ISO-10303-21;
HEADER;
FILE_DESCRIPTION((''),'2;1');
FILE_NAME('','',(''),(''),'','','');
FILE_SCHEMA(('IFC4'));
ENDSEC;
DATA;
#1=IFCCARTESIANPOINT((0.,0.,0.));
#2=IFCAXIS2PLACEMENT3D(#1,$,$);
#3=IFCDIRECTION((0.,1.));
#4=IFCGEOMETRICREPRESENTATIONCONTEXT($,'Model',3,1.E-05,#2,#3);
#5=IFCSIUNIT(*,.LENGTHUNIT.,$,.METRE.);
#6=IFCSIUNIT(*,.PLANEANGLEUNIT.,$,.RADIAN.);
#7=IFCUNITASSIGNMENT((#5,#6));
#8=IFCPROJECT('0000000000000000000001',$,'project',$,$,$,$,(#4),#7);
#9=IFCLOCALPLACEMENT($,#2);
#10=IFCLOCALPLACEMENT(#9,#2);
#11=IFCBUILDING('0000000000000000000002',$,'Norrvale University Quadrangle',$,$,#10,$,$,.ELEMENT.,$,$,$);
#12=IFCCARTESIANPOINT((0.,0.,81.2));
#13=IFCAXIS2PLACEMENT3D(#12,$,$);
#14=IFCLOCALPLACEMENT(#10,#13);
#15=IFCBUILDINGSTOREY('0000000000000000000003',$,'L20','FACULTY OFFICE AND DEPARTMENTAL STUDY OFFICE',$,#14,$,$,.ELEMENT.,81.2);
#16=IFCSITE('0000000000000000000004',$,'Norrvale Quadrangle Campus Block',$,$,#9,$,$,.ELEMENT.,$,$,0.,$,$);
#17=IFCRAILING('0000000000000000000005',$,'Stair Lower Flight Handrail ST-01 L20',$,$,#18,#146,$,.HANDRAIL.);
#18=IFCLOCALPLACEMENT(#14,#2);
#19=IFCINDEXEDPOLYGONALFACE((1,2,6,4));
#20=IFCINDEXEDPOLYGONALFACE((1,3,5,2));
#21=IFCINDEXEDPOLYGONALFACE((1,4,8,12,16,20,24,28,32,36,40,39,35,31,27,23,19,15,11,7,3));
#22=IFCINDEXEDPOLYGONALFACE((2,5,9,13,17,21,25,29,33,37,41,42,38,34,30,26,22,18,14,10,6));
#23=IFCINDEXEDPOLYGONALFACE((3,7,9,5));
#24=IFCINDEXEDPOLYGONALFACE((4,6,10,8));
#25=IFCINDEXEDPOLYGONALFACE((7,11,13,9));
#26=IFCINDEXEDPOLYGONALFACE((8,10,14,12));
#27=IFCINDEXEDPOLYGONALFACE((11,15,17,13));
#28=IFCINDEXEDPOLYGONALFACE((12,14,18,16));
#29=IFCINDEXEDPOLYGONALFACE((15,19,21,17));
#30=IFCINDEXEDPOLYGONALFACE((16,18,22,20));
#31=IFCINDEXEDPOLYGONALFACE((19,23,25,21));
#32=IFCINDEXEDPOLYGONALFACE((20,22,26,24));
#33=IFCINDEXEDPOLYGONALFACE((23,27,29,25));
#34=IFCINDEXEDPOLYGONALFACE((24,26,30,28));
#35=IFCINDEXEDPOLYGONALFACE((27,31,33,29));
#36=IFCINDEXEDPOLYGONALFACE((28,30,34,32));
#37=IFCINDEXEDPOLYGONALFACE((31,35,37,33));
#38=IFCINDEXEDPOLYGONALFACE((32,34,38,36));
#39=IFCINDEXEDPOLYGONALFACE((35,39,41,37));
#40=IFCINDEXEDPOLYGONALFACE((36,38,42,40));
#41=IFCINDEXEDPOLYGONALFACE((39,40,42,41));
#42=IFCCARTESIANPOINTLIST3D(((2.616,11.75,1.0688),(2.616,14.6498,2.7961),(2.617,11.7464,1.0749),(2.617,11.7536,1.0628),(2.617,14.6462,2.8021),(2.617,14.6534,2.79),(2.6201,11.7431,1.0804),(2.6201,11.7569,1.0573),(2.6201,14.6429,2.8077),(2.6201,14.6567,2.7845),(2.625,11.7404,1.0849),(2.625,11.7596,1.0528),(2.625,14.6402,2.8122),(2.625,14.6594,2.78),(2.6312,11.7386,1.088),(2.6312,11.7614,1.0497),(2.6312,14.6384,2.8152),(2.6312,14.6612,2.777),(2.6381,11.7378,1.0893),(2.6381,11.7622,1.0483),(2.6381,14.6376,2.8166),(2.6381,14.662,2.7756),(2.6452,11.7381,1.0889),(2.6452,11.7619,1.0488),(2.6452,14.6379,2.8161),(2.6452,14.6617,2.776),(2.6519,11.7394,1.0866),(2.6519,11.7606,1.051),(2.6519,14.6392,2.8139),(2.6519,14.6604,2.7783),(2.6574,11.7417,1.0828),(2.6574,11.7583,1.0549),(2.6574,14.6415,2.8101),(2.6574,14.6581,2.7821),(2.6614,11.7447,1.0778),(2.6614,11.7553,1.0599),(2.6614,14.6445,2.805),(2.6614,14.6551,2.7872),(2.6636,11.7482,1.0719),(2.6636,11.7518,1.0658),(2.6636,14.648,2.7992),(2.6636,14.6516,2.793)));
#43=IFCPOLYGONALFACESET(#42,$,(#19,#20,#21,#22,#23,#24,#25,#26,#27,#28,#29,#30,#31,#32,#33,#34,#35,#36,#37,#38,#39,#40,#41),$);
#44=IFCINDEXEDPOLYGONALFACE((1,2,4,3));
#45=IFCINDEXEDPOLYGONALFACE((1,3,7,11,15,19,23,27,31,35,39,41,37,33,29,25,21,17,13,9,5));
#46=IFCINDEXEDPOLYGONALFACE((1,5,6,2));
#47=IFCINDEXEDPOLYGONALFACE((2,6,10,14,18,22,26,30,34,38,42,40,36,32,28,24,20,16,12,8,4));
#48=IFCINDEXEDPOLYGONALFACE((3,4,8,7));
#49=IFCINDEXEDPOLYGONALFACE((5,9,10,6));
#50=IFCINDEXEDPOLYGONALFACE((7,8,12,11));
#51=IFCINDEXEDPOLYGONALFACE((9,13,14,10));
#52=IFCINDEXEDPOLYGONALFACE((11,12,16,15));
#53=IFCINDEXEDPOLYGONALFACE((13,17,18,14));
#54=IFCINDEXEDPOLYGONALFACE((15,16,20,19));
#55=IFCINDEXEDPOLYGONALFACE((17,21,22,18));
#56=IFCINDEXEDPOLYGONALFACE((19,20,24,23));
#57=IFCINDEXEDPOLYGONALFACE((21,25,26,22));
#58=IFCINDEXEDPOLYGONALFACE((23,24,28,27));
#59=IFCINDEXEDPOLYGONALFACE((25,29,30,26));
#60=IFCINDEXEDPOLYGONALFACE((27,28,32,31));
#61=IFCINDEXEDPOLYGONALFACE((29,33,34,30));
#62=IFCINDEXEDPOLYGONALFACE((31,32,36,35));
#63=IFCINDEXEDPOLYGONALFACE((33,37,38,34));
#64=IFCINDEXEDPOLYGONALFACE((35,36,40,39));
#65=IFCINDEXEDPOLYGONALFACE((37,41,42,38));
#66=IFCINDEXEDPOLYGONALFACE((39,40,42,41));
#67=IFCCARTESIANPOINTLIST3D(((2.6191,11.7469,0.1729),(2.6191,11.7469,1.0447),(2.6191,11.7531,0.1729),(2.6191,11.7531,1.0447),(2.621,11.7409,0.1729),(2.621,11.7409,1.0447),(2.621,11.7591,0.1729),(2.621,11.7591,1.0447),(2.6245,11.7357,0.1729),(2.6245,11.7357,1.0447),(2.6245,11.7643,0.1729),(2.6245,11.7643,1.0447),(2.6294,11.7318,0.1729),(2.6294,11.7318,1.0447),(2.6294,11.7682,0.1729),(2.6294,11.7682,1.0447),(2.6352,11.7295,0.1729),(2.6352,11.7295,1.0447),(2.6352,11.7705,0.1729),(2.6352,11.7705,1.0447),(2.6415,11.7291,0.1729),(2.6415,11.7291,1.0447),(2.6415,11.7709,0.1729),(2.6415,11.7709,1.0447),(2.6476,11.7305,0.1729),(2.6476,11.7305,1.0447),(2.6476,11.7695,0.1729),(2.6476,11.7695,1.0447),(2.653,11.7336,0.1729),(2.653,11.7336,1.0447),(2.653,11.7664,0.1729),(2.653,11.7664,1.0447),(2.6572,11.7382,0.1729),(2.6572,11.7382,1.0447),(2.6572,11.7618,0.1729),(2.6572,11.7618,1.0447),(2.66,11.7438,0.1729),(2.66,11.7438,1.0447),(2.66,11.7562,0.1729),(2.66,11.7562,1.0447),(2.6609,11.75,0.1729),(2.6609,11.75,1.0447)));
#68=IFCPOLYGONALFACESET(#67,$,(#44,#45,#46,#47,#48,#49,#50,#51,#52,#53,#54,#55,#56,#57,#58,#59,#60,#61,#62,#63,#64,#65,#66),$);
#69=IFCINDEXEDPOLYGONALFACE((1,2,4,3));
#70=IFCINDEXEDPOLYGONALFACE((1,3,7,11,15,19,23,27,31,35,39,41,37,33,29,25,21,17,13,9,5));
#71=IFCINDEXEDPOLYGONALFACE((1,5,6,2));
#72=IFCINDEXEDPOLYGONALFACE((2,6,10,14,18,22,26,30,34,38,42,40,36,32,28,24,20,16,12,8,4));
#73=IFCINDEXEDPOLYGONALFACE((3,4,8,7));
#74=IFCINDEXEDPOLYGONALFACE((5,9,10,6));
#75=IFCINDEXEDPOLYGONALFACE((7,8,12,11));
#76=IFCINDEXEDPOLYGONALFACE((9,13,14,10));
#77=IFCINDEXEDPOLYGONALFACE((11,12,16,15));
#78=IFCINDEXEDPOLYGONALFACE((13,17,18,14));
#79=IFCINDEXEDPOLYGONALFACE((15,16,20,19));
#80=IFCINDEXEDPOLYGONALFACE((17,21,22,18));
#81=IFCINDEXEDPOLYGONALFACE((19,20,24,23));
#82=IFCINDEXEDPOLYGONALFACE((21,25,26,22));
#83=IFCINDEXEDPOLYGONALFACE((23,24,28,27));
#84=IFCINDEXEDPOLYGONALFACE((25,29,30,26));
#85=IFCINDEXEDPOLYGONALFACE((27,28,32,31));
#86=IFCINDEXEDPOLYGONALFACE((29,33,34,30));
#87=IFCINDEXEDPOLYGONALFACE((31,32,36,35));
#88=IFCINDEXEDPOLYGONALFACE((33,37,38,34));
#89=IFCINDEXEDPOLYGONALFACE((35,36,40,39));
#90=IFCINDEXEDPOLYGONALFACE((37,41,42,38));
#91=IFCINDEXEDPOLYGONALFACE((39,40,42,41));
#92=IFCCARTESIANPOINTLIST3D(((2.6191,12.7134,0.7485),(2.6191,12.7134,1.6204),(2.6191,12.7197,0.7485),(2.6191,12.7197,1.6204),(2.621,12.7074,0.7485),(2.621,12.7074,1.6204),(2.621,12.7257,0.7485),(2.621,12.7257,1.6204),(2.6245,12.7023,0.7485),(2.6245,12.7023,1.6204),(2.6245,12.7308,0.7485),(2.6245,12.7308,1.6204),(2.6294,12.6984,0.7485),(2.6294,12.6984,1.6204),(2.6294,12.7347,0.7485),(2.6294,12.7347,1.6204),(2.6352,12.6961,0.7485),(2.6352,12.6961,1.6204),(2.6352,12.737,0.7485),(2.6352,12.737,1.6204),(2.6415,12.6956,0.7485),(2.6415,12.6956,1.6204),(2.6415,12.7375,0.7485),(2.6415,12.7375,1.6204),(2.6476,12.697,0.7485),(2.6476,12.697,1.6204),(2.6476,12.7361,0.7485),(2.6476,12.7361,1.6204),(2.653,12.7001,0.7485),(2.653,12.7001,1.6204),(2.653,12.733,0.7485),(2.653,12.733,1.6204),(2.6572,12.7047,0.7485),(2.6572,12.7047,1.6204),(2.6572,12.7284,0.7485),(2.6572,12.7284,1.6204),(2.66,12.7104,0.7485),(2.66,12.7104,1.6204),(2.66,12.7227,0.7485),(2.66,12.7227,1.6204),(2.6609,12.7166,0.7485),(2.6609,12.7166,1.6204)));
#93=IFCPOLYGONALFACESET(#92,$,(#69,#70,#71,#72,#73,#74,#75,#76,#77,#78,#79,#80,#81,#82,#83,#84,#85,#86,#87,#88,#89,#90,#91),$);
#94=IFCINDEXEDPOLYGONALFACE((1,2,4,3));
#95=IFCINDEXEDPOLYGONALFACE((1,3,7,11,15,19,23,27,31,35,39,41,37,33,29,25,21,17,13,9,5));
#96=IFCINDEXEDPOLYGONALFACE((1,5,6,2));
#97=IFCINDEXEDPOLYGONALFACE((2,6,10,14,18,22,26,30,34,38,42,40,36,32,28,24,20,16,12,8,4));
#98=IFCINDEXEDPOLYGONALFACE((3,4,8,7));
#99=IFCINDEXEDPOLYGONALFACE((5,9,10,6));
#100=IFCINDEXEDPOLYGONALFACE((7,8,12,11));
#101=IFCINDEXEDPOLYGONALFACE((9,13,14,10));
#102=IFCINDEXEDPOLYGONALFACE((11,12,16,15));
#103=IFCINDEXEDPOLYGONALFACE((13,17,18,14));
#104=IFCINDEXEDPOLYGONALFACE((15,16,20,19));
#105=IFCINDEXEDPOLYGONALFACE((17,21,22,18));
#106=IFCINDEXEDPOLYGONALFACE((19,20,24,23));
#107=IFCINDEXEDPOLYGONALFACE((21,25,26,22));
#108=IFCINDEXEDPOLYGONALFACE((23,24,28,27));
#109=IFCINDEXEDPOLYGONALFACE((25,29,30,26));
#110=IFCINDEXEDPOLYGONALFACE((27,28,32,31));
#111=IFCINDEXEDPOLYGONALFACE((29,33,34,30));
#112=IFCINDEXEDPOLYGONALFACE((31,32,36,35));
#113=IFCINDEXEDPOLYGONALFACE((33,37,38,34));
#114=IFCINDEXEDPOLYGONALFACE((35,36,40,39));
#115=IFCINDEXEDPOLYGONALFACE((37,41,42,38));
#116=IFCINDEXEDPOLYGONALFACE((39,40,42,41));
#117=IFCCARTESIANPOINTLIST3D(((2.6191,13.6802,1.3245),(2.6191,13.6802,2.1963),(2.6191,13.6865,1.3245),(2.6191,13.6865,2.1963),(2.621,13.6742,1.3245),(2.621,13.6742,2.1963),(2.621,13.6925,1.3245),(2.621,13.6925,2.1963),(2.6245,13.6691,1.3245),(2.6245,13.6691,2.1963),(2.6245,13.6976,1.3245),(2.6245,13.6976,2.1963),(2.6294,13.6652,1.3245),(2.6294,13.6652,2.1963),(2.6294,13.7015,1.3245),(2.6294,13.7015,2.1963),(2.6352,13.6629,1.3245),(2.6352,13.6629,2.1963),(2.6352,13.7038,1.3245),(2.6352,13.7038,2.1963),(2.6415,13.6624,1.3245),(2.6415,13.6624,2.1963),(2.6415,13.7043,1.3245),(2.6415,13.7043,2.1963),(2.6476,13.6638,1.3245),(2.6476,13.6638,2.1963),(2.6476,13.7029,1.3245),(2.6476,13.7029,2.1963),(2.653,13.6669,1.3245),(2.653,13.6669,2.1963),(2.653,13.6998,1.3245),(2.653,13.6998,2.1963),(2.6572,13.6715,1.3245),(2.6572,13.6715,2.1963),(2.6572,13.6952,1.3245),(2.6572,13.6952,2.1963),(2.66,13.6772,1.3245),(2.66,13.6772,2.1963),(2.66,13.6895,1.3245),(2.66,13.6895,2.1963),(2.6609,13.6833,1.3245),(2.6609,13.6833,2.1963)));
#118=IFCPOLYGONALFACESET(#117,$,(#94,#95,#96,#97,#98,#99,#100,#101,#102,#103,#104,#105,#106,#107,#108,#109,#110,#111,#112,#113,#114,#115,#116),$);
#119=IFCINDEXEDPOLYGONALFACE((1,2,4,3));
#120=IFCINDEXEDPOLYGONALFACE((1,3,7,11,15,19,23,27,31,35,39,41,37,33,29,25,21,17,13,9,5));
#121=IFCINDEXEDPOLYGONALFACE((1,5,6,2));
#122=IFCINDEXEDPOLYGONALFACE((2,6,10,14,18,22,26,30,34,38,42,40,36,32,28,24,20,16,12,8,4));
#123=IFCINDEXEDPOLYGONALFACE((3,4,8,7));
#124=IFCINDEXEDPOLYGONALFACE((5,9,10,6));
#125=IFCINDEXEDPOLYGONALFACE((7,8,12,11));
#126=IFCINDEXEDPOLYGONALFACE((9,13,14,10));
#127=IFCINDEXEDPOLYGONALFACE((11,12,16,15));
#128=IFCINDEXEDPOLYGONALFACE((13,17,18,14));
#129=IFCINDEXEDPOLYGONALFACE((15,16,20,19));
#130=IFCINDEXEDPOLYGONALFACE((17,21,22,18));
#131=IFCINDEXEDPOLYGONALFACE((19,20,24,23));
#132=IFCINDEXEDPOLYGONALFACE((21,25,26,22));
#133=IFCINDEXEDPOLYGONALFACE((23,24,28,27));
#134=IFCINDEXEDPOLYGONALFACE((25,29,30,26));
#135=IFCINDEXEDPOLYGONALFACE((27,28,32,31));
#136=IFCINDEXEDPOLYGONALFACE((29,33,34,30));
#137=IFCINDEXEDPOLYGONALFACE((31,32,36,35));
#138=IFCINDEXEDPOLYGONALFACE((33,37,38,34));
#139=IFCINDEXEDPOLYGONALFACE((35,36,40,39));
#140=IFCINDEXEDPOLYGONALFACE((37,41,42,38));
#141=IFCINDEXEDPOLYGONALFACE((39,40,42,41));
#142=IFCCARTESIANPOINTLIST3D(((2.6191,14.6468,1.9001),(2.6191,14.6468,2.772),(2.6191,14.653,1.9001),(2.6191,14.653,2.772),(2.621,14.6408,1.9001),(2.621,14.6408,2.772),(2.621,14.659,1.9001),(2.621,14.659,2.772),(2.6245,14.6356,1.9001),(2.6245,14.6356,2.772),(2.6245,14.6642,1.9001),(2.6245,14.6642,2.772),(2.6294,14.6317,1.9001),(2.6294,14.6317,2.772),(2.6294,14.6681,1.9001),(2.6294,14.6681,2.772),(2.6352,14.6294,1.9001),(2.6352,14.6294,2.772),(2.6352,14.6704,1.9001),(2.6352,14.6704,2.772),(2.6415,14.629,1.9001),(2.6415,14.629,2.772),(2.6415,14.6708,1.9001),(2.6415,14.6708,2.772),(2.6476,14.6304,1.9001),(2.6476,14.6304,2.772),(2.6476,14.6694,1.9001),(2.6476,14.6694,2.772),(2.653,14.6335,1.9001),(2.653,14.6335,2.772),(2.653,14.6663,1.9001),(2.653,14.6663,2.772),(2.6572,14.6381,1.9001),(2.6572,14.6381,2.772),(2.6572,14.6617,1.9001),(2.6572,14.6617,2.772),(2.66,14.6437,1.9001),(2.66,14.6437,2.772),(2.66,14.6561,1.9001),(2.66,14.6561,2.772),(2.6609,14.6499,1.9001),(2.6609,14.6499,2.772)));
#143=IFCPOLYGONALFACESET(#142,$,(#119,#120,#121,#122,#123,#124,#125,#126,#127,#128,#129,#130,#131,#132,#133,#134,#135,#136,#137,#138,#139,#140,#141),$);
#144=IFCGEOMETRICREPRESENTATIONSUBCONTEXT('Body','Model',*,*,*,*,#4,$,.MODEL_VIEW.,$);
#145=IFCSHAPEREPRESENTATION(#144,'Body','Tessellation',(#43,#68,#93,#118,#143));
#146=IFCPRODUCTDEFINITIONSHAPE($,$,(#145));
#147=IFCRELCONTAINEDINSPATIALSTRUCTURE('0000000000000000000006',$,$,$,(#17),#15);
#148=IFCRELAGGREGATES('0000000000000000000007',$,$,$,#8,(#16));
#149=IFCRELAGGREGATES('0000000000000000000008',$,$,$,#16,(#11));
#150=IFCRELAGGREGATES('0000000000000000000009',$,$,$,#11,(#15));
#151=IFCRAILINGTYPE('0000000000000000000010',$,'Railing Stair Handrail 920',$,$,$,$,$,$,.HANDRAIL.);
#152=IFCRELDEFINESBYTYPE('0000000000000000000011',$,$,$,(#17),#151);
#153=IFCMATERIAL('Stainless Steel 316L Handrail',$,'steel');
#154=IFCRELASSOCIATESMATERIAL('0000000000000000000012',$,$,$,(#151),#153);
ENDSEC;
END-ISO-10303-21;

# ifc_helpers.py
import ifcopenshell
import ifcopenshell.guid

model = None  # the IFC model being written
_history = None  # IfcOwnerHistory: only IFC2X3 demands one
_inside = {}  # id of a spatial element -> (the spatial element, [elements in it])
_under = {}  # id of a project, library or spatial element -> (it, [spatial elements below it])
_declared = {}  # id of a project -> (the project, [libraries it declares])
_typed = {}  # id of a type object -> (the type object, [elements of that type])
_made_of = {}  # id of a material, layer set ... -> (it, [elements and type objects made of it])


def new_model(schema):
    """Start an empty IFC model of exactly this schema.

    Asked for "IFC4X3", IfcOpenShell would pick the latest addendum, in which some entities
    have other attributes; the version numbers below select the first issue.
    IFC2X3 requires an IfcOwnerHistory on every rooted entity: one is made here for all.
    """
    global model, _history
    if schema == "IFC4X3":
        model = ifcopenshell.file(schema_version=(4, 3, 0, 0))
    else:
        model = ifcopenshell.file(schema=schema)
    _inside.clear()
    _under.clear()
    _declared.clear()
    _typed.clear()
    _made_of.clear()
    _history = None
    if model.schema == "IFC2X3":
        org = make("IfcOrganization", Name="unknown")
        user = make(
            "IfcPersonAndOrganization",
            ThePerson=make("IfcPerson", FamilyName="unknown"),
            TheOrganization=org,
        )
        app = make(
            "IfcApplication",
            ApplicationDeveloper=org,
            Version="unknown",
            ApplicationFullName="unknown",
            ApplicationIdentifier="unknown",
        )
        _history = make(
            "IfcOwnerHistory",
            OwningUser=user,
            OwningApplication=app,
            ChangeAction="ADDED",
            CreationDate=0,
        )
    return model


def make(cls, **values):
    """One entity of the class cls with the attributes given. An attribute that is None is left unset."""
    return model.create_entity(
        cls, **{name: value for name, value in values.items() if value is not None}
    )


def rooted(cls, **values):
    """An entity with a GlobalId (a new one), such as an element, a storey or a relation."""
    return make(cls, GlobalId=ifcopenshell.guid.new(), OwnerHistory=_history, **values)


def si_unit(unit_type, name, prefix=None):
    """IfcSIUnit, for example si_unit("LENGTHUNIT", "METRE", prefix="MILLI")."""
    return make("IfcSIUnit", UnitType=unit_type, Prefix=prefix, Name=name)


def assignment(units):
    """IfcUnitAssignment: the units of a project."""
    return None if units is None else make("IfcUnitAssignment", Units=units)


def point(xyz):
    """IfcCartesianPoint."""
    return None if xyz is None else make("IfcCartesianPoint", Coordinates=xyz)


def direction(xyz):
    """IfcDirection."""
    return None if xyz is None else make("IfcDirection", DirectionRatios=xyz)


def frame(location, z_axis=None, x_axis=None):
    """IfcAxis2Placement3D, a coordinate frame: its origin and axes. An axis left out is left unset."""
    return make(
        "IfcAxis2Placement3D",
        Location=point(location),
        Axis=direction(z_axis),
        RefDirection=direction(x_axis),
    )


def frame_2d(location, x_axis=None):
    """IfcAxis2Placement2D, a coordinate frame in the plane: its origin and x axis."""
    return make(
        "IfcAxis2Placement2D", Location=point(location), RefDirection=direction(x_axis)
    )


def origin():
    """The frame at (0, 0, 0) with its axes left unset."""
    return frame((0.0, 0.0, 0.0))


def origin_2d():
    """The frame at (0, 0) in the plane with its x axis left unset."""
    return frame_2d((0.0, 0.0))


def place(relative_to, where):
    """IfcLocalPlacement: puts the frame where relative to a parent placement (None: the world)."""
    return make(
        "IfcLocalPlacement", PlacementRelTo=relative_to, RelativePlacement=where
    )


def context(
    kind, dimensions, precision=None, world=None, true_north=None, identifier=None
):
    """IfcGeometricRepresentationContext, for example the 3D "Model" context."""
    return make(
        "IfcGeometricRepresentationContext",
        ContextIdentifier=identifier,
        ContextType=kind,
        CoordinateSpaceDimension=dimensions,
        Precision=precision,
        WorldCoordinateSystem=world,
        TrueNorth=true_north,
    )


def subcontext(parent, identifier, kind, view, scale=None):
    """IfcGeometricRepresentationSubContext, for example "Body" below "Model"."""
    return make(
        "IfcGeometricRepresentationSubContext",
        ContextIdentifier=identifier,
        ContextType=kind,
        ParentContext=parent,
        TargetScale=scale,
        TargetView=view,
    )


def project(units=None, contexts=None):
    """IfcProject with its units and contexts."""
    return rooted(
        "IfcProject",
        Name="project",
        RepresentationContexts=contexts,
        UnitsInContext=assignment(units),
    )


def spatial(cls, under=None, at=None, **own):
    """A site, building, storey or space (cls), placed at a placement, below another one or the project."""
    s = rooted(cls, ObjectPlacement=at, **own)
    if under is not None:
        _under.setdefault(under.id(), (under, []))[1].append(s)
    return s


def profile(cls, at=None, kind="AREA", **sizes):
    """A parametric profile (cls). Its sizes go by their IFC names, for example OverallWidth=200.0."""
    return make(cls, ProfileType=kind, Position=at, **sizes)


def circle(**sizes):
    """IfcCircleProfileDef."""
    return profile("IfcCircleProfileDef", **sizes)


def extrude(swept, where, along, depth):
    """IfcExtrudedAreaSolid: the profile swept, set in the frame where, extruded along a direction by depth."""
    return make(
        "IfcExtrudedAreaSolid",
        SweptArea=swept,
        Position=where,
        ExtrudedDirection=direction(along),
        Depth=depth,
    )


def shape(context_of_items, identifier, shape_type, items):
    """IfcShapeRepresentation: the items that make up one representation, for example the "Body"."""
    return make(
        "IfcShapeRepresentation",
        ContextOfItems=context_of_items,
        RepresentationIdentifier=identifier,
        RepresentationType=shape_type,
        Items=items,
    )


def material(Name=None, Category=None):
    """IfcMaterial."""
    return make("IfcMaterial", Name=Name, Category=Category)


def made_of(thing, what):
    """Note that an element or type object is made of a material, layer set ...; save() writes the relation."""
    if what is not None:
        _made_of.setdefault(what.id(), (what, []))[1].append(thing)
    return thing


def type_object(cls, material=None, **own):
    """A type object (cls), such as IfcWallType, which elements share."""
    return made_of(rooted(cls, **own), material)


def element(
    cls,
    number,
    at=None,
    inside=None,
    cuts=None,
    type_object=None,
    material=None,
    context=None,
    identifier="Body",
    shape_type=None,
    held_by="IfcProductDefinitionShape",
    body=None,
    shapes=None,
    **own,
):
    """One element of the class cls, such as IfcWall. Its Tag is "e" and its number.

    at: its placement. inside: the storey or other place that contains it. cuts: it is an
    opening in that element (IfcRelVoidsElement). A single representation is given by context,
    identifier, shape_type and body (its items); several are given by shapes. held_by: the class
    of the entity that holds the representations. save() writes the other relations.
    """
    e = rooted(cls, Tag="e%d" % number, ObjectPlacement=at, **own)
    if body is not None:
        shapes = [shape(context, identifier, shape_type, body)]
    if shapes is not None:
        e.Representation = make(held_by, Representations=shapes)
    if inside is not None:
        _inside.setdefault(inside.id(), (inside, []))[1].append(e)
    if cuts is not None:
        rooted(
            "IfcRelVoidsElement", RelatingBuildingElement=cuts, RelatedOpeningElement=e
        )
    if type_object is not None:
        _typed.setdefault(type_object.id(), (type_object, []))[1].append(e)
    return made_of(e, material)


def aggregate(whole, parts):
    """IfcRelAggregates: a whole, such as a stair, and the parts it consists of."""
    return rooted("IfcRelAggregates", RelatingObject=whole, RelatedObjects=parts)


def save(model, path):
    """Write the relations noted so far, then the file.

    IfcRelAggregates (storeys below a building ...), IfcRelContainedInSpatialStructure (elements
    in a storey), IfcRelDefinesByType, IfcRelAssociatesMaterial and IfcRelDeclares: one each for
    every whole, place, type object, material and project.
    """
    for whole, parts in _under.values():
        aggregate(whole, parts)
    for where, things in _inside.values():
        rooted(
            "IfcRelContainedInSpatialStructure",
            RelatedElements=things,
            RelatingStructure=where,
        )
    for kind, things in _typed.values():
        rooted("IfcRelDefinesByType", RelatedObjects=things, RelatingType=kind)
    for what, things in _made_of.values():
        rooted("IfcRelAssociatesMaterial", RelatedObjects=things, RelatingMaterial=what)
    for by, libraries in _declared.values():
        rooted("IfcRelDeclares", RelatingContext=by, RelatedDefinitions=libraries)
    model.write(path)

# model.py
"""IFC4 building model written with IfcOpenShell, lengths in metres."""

from ifc_helpers import new_model, si_unit, direction, frame, origin, origin_2d, place, context, subcontext, project, spatial, circle, extrude, material, type_object, element, save


model = new_model("IFC4")

# Units and contexts
model_context = context("Model", 3, precision=1e-05, world=origin(), true_north=direction((0.0, 1.0)))
body_context = subcontext(model_context, "Body", "Model", "MODEL_VIEW")
ifc_project = project(units=[si_unit("LENGTHUNIT", "METRE"), si_unit("PLANEANGLEUNIT", "RADIAN")], contexts=[model_context])

# Site, building, storey
site_placement = place(None, origin())
site = spatial("IfcSite", under=ifc_project, at=site_placement, Name="Norrvale Quadrangle Campus Block", CompositionType="ELEMENT", RefElevation=0.0)
building_placement = place(site_placement, origin())
building = spatial("IfcBuilding", under=site, at=building_placement, Name="Norrvale University Quadrangle", CompositionType="ELEMENT")
storey_placement = place(building_placement, frame((0.0, 0.0, 81.2)))
storey = spatial("IfcBuildingStorey", under=building, at=storey_placement, Name="L20", Description="FACULTY OFFICE AND DEPARTMENTAL STUDY OFFICE", CompositionType="ELEMENT", Elevation=81.2)

# Railing
ifc_material_1 = material(Name="Stainless Steel 316L Handrail", Category="steel")
railing_type_1 = type_object("IfcRailingType", Name="Railing Stair Handrail 920", PredefinedType="HANDRAIL", material=ifc_material_1)
railing_1_placement = place(storey_placement, frame((2.6399, 11.75, 0.1729)))
element("IfcRailing", 1, at=railing_1_placement, inside=storey, type_object=railing_type_1, Name="Stair Lower Flight Handrail ST-01 L20", PredefinedType="HANDRAIL", context=body_context, shape_type="SweptSolid", body=[
    extrude(circle(Radius=0.0239, at=origin_2d()), frame((0.0, 0.0, 0.896), z_axis=(0.0, 0.859141, 0.511738), x_axis=(-1.0, 0.0, 0.0)), (0.0, 0.0, 1.0), 3.3752),
    extrude(circle(Radius=0.021, at=origin_2d()), origin(), (0.0, 0.0, 1.0), 0.8718),
    extrude(circle(Radius=0.021, at=origin_2d()), frame((0.0, 0.9666, 0.5757)), (0.0, 0.0, 1.0), 0.8718),
    extrude(circle(Radius=0.021, at=origin_2d()), frame((0.0, 1.9333, 1.1516)), (0.0, 0.0, 1.0), 0.8718),
    extrude(circle(Radius=0.021, at=origin_2d()), frame((0.0, 2.8999, 1.7273)), (0.0, 0.0, 1.0), 0.8718),
])

save(model, "model.ifc")
